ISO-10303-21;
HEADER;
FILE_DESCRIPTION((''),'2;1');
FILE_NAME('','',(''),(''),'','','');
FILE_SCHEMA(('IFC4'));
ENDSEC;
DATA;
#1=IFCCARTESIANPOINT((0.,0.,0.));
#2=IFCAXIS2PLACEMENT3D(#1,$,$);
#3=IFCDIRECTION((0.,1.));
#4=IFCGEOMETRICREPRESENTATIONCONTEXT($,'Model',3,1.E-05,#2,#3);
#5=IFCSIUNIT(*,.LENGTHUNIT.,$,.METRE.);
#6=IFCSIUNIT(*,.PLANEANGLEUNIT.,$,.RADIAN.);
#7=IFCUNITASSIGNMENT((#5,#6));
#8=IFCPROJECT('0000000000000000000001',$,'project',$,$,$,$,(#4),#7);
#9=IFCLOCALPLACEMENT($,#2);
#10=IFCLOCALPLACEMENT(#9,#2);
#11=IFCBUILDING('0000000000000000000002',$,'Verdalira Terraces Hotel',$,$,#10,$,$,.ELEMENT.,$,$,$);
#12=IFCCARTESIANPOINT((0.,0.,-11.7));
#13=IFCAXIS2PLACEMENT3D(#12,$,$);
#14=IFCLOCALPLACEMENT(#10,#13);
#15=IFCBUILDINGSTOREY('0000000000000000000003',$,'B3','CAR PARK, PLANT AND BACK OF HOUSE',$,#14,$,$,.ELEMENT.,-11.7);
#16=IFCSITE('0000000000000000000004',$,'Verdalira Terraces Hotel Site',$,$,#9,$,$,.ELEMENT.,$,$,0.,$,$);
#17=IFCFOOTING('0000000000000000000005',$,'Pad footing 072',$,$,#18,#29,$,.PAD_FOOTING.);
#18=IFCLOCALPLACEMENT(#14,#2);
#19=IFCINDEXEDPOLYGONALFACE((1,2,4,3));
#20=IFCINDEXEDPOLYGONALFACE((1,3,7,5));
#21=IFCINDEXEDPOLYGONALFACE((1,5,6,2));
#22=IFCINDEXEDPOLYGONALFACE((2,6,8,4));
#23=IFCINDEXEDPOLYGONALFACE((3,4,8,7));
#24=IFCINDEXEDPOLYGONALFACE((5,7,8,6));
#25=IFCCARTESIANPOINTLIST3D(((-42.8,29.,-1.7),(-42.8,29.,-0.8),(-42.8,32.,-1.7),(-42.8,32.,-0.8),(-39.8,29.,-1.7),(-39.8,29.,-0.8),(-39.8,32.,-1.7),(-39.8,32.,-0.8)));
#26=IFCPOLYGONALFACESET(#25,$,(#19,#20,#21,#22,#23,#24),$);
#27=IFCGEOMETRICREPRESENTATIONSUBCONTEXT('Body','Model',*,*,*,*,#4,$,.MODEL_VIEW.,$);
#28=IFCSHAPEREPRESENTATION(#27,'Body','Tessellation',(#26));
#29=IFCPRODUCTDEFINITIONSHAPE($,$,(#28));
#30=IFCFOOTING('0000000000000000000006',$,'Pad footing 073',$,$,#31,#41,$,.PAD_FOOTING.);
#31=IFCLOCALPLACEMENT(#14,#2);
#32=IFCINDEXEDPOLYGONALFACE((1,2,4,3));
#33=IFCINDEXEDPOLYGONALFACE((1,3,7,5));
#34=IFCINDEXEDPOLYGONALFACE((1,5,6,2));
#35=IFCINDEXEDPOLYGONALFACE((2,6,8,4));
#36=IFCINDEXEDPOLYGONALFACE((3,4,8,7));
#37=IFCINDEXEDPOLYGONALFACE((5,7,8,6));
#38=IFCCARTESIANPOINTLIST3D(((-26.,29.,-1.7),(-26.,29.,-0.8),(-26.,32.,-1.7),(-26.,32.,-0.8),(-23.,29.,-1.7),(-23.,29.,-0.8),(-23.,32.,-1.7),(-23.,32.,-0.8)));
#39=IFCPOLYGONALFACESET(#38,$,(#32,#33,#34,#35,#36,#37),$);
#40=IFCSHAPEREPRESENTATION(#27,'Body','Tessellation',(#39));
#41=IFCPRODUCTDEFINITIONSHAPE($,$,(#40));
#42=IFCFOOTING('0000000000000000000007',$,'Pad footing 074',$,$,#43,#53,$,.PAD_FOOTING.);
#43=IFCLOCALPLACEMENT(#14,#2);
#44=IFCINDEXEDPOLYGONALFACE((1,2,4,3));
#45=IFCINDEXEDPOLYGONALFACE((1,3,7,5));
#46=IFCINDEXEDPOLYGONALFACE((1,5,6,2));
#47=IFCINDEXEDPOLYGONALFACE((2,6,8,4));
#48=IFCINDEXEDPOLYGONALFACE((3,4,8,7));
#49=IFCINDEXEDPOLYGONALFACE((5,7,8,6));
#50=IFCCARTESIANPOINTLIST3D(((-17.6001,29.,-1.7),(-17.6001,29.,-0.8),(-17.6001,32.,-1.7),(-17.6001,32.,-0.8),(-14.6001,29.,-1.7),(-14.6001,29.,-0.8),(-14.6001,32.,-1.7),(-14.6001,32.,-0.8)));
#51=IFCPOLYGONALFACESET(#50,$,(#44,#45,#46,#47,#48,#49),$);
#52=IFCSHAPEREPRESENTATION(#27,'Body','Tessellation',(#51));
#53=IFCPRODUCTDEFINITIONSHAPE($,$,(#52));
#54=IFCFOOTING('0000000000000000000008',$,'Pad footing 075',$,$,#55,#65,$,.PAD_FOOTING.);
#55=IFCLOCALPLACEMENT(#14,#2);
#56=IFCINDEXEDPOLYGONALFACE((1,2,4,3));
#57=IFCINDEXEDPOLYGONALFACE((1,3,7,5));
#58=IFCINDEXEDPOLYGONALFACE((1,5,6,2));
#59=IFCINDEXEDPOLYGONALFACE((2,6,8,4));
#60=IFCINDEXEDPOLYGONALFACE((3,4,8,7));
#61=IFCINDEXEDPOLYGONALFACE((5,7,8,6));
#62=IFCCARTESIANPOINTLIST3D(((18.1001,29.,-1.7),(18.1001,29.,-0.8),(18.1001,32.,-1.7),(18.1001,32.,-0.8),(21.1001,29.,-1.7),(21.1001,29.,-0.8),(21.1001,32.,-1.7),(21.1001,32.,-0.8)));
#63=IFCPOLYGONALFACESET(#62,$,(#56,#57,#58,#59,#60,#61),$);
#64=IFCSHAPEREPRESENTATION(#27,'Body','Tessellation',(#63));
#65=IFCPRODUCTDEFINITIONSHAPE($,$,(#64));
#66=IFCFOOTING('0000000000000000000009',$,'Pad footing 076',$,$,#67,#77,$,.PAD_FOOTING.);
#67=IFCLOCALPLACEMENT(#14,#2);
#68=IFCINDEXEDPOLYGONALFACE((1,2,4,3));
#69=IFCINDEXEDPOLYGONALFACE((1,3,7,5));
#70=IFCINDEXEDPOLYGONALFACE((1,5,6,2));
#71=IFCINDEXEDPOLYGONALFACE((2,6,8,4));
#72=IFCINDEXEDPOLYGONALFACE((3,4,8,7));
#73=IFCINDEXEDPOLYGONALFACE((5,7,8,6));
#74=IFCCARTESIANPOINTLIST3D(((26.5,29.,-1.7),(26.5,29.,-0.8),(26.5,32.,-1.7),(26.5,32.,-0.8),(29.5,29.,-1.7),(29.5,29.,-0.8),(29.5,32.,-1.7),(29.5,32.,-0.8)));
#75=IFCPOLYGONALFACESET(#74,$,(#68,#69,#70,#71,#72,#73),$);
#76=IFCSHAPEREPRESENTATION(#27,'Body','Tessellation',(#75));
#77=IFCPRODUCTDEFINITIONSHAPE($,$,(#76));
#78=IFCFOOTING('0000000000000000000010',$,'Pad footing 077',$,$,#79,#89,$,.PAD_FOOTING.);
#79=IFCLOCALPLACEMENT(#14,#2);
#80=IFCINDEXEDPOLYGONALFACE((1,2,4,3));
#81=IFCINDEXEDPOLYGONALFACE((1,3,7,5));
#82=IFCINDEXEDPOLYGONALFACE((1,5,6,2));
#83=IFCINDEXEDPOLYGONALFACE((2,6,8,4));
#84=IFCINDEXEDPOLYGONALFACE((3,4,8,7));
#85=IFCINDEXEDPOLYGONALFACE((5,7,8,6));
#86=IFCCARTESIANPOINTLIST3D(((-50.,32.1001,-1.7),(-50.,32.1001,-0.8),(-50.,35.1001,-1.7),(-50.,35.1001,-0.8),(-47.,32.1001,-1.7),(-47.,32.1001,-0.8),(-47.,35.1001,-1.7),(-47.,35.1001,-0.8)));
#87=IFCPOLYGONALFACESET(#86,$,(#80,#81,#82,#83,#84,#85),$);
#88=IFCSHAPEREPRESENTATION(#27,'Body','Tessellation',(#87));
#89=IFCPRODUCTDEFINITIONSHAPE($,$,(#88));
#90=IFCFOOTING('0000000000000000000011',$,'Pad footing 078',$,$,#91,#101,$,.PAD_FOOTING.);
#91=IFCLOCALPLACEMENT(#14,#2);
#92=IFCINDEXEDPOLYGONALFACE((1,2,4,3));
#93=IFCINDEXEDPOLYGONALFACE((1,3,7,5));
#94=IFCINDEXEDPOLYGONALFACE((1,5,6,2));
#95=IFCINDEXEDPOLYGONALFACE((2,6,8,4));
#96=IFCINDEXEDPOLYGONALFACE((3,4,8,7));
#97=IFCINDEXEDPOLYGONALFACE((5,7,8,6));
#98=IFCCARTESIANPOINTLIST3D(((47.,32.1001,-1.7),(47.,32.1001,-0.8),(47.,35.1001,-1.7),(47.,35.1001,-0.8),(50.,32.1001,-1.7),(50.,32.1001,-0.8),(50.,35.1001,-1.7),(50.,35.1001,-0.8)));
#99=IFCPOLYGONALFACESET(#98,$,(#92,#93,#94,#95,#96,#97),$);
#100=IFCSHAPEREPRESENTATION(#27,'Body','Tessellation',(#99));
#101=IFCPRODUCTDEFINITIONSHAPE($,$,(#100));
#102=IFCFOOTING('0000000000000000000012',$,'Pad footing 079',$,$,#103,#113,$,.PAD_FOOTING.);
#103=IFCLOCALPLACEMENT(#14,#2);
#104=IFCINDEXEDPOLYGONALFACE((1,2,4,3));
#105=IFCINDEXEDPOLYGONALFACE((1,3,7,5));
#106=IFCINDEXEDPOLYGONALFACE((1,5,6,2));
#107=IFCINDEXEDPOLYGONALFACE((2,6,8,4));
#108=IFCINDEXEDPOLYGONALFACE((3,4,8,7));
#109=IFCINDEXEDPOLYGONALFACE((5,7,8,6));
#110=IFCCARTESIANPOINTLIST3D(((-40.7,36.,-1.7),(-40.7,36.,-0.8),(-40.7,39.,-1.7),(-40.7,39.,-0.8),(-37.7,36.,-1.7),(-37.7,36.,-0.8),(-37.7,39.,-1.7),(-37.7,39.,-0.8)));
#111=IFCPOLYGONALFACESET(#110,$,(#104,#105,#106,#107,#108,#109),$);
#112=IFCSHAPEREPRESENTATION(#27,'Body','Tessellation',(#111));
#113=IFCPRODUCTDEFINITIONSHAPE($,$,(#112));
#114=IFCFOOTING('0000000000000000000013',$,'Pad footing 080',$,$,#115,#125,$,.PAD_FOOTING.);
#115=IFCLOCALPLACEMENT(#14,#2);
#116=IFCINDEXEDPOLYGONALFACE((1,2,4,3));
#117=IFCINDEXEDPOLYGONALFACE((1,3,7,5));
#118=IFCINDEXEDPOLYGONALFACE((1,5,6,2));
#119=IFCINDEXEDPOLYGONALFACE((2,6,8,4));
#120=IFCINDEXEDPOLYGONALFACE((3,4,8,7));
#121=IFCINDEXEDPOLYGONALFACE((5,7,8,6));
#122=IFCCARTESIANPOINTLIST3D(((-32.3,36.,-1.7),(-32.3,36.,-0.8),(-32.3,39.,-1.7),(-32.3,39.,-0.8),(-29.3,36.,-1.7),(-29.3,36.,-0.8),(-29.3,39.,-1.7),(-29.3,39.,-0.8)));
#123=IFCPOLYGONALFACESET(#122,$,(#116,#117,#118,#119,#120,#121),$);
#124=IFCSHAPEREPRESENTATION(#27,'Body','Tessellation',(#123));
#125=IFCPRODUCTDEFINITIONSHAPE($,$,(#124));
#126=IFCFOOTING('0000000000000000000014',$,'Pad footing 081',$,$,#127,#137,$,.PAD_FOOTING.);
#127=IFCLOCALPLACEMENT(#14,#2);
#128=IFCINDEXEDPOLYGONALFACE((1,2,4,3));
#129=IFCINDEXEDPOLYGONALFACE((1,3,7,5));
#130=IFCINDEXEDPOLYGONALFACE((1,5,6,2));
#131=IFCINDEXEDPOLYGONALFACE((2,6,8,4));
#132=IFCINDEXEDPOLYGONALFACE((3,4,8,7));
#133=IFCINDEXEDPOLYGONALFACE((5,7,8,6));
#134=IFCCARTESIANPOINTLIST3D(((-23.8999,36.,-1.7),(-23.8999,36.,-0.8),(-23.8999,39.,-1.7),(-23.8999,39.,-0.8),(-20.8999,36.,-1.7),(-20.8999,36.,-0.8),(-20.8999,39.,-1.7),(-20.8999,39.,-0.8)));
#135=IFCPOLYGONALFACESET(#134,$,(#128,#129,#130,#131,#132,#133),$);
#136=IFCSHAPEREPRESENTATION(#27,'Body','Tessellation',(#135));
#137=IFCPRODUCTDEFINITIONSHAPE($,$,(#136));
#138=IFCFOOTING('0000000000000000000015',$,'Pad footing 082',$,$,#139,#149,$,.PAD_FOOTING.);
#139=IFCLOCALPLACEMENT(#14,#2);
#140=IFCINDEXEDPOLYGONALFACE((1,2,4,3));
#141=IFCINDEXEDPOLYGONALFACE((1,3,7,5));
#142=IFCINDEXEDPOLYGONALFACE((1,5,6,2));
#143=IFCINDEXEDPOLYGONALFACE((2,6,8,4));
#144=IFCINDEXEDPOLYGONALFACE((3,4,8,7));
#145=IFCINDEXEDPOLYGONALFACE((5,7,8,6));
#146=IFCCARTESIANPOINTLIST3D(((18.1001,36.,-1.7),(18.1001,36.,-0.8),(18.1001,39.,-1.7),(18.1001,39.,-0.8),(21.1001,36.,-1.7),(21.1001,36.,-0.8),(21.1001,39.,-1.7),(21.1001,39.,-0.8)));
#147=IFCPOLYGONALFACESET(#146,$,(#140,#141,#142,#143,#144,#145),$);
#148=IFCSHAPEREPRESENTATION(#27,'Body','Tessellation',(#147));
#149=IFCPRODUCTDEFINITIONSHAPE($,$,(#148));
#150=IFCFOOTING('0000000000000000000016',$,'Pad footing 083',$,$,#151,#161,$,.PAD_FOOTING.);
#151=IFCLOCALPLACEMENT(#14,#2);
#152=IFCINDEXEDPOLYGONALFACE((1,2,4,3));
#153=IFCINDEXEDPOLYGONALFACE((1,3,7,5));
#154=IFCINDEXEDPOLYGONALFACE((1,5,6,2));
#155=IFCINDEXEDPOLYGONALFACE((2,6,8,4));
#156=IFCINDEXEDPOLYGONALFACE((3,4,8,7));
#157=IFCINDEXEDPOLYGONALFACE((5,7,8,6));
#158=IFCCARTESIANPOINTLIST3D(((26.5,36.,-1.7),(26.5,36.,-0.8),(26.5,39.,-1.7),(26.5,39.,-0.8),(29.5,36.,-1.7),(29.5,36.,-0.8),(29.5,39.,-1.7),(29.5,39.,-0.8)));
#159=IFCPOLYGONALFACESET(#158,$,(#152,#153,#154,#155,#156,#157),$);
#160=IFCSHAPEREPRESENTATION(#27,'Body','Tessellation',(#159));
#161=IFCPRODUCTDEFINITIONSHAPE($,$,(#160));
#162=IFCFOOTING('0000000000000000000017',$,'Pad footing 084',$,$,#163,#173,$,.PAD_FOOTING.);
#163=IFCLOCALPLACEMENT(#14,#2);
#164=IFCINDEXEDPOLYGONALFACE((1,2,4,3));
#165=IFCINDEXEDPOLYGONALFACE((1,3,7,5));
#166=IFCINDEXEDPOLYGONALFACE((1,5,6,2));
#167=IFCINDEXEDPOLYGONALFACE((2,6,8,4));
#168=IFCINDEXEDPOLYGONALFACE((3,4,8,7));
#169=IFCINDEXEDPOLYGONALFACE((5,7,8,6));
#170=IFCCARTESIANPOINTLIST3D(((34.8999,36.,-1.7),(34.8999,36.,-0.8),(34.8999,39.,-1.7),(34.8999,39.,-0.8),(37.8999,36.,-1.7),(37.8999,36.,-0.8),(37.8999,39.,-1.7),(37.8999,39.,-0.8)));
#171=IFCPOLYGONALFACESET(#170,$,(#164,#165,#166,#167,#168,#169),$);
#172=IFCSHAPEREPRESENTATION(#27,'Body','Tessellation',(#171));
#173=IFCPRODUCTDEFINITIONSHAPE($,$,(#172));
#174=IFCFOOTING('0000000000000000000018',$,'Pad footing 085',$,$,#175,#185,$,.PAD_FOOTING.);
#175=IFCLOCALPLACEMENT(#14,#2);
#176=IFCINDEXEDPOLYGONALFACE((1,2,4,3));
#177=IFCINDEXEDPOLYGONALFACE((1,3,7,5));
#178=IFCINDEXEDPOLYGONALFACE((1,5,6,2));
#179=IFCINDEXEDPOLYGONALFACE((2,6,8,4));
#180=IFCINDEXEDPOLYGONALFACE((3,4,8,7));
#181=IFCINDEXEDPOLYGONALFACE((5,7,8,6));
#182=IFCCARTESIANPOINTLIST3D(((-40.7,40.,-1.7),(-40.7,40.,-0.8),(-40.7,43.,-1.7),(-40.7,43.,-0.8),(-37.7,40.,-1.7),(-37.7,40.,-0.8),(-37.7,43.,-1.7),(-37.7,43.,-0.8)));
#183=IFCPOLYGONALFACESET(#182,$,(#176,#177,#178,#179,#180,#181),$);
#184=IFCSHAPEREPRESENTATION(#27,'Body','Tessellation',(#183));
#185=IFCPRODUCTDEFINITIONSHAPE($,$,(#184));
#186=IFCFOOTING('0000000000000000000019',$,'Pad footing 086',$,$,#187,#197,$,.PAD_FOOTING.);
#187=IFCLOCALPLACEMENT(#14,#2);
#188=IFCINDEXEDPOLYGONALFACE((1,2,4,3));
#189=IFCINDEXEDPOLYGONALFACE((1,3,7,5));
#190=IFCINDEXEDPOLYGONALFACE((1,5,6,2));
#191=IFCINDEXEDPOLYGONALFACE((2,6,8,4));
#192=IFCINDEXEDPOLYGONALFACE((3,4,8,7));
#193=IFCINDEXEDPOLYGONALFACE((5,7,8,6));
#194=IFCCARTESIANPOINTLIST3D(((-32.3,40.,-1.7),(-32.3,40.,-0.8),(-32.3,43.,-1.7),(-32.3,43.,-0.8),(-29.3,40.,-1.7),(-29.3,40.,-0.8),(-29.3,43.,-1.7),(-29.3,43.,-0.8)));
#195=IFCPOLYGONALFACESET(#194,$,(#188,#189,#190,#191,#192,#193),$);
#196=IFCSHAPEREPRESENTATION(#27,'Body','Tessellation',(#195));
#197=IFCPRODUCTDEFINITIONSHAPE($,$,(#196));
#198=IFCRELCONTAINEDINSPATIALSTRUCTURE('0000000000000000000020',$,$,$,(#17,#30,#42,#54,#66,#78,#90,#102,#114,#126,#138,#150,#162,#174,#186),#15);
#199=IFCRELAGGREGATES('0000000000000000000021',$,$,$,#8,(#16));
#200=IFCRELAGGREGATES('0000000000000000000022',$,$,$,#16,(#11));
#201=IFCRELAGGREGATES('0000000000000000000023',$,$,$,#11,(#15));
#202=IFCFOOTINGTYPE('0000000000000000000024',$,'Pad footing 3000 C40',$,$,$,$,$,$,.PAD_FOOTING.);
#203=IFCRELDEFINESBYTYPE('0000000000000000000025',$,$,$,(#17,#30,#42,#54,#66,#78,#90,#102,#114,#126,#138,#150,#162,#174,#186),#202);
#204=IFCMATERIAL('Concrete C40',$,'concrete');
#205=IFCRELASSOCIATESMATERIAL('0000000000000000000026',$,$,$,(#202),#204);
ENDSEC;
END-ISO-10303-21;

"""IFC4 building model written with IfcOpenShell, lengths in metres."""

from ifc_helpers import new_model, si_unit, direction, frame, origin, place, context, subcontext, project, spatial, polyline, outline, extrude, material, type_object, element, save


model = new_model("IFC4")

# Units and contexts
model_context = context("Model", 3, precision=1e-05, world=origin(), true_north=direction((0.0, 1.0)))
body_context = subcontext(model_context, "Body", "Model", "MODEL_VIEW")
ifc_project = project(units=[si_unit("LENGTHUNIT", "METRE"), si_unit("PLANEANGLEUNIT", "RADIAN")], contexts=[model_context])

# Site, building, storey
site_placement = place(None, origin())
site = spatial("IfcSite", under=ifc_project, at=site_placement, Name="Verdalira Terraces Hotel Site", CompositionType="ELEMENT", RefElevation=0.0)
building_placement = place(site_placement, origin())
building = spatial("IfcBuilding", under=site, at=building_placement, Name="Verdalira Terraces Hotel", CompositionType="ELEMENT")
storey_placement = place(building_placement, frame((0.0, 0.0, -11.7)))
storey = spatial("IfcBuildingStorey", under=building, at=storey_placement, Name="B3", Description="CAR PARK, PLANT AND BACK OF HOUSE", CompositionType="ELEMENT", Elevation=-11.7)

# Footings
ifc_material = material(Name="Concrete C40", Category="concrete")
footing_type = type_object("IfcFootingType", Name="Pad footing 3000 C40", PredefinedType="PAD_FOOTING", material=ifc_material)
footing_1_placement = place(storey_placement, frame((0.0, 0.0, -1.7)))
element("IfcFooting", 1, at=footing_1_placement, inside=storey, type_object=footing_type, Name="Pad footing 072", PredefinedType="PAD_FOOTING", context=body_context, shape_type="SweptSolid", body=[
    extrude(outline(polyline([(-39.8, 29.0), (-39.8, 32.0), (-42.8, 32.0), (-42.8, 29.0), (-39.8, 29.0)])), origin(), (0.0, 0.0, 1.0), 0.8999),
])
footing_2_placement = place(storey_placement, frame((0.0, 0.0, -1.7)))
element("IfcFooting", 2, at=footing_2_placement, inside=storey, type_object=footing_type, Name="Pad footing 073", PredefinedType="PAD_FOOTING", context=body_context, shape_type="SweptSolid", body=[
    extrude(outline(polyline([(-23.0, 29.0), (-23.0, 32.0), (-26.0, 32.0), (-26.0, 29.0), (-23.0, 29.0)])), origin(), (0.0, 0.0, 1.0), 0.8999),
])
footing_3_placement = place(storey_placement, frame((0.0, 0.0, -1.7)))
element("IfcFooting", 3, at=footing_3_placement, inside=storey, type_object=footing_type, Name="Pad footing 074", PredefinedType="PAD_FOOTING", context=body_context, shape_type="SweptSolid", body=[
    extrude(outline(polyline([(-14.6001, 29.0), (-14.6001, 32.0), (-17.6001, 32.0), (-17.6001, 29.0), (-14.6001, 29.0)])), origin(), (0.0, 0.0, 1.0), 0.8999),
])
footing_4_placement = place(storey_placement, frame((0.0, 0.0, -1.7)))
element("IfcFooting", 4, at=footing_4_placement, inside=storey, type_object=footing_type, Name="Pad footing 075", PredefinedType="PAD_FOOTING", context=body_context, shape_type="SweptSolid", body=[
    extrude(outline(polyline([(21.1001, 29.0), (21.1001, 32.0), (18.1001, 32.0), (18.1001, 29.0), (21.1001, 29.0)])), origin(), (0.0, 0.0, 1.0), 0.8999),
])
footing_5_placement = place(storey_placement, frame((0.0, 0.0, -1.7)))
element("IfcFooting", 5, at=footing_5_placement, inside=storey, type_object=footing_type, Name="Pad footing 076", PredefinedType="PAD_FOOTING", context=body_context, shape_type="SweptSolid", body=[
    extrude(outline(polyline([(29.5, 29.0), (29.5, 32.0), (26.5, 32.0), (26.5, 29.0), (29.5, 29.0)])), origin(), (0.0, 0.0, 1.0), 0.8999),
])
footing_6_placement = place(storey_placement, frame((0.0, 0.0, -1.7)))
element("IfcFooting", 6, at=footing_6_placement, inside=storey, type_object=footing_type, Name="Pad footing 077", PredefinedType="PAD_FOOTING", context=body_context, shape_type="SweptSolid", body=[
    extrude(outline(polyline([(-47.0, 32.1001), (-47.0, 35.1001), (-50.0, 35.1001), (-50.0, 32.1001), (-47.0, 32.1001)])), origin(), (0.0, 0.0, 1.0), 0.8999),
])
footing_7_placement = place(storey_placement, frame((0.0, 0.0, -1.7)))
element("IfcFooting", 7, at=footing_7_placement, inside=storey, type_object=footing_type, Name="Pad footing 078", PredefinedType="PAD_FOOTING", context=body_context, shape_type="SweptSolid", body=[
    extrude(outline(polyline([(50.0, 32.1001), (50.0, 35.1001), (47.0, 35.1001), (47.0, 32.1001), (50.0, 32.1001)])), origin(), (0.0, 0.0, 1.0), 0.8999),
])
footing_8_placement = place(storey_placement, frame((0.0, 0.0, -1.7)))
element("IfcFooting", 8, at=footing_8_placement, inside=storey, type_object=footing_type, Name="Pad footing 079", PredefinedType="PAD_FOOTING", context=body_context, shape_type="SweptSolid", body=[
    extrude(outline(polyline([(-37.7, 36.0), (-37.7, 39.0), (-40.7, 39.0), (-40.7, 36.0), (-37.7, 36.0)])), origin(), (0.0, 0.0, 1.0), 0.8999),
])
footing_9_placement = place(storey_placement, frame((0.0, 0.0, -1.7)))
element("IfcFooting", 9, at=footing_9_placement, inside=storey, type_object=footing_type, Name="Pad footing 080", PredefinedType="PAD_FOOTING", context=body_context, shape_type="SweptSolid", body=[
    extrude(outline(polyline([(-29.3, 36.0), (-29.3, 39.0), (-32.3, 39.0), (-32.3, 36.0), (-29.3, 36.0)])), origin(), (0.0, 0.0, 1.0), 0.8999),
])
footing_10_placement = place(storey_placement, frame((0.0, 0.0, -1.7)))
element("IfcFooting", 10, at=footing_10_placement, inside=storey, type_object=footing_type, Name="Pad footing 081", PredefinedType="PAD_FOOTING", context=body_context, shape_type="SweptSolid", body=[
    extrude(outline(polyline([(-20.8999, 36.0), (-20.8999, 39.0), (-23.8999, 39.0), (-23.8999, 36.0), (-20.8999, 36.0)])), origin(), (0.0, 0.0, 1.0), 0.8999),
])
footing_11_placement = place(storey_placement, frame((0.0, 0.0, -1.7)))
element("IfcFooting", 11, at=footing_11_placement, inside=storey, type_object=footing_type, Name="Pad footing 082", PredefinedType="PAD_FOOTING", context=body_context, shape_type="SweptSolid", body=[
    extrude(outline(polyline([(21.1001, 36.0), (21.1001, 39.0), (18.1001, 39.0), (18.1001, 36.0), (21.1001, 36.0)])), origin(), (0.0, 0.0, 1.0), 0.8999),
])
footing_12_placement = place(storey_placement, frame((0.0, 0.0, -1.7)))
element("IfcFooting", 12, at=footing_12_placement, inside=storey, type_object=footing_type, Name="Pad footing 083", PredefinedType="PAD_FOOTING", context=body_context, shape_type="SweptSolid", body=[
    extrude(outline(polyline([(29.5, 36.0), (29.5, 39.0), (26.5, 39.0), (26.5, 36.0), (29.5, 36.0)])), origin(), (0.0, 0.0, 1.0), 0.8999),
])
footing_13_placement = place(storey_placement, frame((0.0, 0.0, -1.7)))
element("IfcFooting", 13, at=footing_13_placement, inside=storey, type_object=footing_type, Name="Pad footing 084", PredefinedType="PAD_FOOTING", context=body_context, shape_type="SweptSolid", body=[
    extrude(outline(polyline([(37.8999, 36.0), (37.8999, 39.0), (34.8999, 39.0), (34.8999, 36.0), (37.8999, 36.0)])), origin(), (0.0, 0.0, 1.0), 0.8999),
])
footing_14_placement = place(storey_placement, frame((0.0, 0.0, -1.7)))
element("IfcFooting", 14, at=footing_14_placement, inside=storey, type_object=footing_type, Name="Pad footing 085", PredefinedType="PAD_FOOTING", context=body_context, shape_type="SweptSolid", body=[
    extrude(outline(polyline([(-37.7, 40.0), (-37.7, 43.0), (-40.7, 43.0), (-40.7, 40.0), (-37.7, 40.0)])), origin(), (0.0, 0.0, 1.0), 0.8999),
])
footing_15_placement = place(storey_placement, frame((0.0, 0.0, -1.7)))
element("IfcFooting", 15, at=footing_15_placement, inside=storey, type_object=footing_type, Name="Pad footing 086", PredefinedType="PAD_FOOTING", context=body_context, shape_type="SweptSolid", body=[
    extrude(outline(polyline([(-29.3, 40.0), (-29.3, 43.0), (-32.3, 43.0), (-32.3, 40.0), (-29.3, 40.0)])), origin(), (0.0, 0.0, 1.0), 0.8999),
])

save(model, "model.ifc")
